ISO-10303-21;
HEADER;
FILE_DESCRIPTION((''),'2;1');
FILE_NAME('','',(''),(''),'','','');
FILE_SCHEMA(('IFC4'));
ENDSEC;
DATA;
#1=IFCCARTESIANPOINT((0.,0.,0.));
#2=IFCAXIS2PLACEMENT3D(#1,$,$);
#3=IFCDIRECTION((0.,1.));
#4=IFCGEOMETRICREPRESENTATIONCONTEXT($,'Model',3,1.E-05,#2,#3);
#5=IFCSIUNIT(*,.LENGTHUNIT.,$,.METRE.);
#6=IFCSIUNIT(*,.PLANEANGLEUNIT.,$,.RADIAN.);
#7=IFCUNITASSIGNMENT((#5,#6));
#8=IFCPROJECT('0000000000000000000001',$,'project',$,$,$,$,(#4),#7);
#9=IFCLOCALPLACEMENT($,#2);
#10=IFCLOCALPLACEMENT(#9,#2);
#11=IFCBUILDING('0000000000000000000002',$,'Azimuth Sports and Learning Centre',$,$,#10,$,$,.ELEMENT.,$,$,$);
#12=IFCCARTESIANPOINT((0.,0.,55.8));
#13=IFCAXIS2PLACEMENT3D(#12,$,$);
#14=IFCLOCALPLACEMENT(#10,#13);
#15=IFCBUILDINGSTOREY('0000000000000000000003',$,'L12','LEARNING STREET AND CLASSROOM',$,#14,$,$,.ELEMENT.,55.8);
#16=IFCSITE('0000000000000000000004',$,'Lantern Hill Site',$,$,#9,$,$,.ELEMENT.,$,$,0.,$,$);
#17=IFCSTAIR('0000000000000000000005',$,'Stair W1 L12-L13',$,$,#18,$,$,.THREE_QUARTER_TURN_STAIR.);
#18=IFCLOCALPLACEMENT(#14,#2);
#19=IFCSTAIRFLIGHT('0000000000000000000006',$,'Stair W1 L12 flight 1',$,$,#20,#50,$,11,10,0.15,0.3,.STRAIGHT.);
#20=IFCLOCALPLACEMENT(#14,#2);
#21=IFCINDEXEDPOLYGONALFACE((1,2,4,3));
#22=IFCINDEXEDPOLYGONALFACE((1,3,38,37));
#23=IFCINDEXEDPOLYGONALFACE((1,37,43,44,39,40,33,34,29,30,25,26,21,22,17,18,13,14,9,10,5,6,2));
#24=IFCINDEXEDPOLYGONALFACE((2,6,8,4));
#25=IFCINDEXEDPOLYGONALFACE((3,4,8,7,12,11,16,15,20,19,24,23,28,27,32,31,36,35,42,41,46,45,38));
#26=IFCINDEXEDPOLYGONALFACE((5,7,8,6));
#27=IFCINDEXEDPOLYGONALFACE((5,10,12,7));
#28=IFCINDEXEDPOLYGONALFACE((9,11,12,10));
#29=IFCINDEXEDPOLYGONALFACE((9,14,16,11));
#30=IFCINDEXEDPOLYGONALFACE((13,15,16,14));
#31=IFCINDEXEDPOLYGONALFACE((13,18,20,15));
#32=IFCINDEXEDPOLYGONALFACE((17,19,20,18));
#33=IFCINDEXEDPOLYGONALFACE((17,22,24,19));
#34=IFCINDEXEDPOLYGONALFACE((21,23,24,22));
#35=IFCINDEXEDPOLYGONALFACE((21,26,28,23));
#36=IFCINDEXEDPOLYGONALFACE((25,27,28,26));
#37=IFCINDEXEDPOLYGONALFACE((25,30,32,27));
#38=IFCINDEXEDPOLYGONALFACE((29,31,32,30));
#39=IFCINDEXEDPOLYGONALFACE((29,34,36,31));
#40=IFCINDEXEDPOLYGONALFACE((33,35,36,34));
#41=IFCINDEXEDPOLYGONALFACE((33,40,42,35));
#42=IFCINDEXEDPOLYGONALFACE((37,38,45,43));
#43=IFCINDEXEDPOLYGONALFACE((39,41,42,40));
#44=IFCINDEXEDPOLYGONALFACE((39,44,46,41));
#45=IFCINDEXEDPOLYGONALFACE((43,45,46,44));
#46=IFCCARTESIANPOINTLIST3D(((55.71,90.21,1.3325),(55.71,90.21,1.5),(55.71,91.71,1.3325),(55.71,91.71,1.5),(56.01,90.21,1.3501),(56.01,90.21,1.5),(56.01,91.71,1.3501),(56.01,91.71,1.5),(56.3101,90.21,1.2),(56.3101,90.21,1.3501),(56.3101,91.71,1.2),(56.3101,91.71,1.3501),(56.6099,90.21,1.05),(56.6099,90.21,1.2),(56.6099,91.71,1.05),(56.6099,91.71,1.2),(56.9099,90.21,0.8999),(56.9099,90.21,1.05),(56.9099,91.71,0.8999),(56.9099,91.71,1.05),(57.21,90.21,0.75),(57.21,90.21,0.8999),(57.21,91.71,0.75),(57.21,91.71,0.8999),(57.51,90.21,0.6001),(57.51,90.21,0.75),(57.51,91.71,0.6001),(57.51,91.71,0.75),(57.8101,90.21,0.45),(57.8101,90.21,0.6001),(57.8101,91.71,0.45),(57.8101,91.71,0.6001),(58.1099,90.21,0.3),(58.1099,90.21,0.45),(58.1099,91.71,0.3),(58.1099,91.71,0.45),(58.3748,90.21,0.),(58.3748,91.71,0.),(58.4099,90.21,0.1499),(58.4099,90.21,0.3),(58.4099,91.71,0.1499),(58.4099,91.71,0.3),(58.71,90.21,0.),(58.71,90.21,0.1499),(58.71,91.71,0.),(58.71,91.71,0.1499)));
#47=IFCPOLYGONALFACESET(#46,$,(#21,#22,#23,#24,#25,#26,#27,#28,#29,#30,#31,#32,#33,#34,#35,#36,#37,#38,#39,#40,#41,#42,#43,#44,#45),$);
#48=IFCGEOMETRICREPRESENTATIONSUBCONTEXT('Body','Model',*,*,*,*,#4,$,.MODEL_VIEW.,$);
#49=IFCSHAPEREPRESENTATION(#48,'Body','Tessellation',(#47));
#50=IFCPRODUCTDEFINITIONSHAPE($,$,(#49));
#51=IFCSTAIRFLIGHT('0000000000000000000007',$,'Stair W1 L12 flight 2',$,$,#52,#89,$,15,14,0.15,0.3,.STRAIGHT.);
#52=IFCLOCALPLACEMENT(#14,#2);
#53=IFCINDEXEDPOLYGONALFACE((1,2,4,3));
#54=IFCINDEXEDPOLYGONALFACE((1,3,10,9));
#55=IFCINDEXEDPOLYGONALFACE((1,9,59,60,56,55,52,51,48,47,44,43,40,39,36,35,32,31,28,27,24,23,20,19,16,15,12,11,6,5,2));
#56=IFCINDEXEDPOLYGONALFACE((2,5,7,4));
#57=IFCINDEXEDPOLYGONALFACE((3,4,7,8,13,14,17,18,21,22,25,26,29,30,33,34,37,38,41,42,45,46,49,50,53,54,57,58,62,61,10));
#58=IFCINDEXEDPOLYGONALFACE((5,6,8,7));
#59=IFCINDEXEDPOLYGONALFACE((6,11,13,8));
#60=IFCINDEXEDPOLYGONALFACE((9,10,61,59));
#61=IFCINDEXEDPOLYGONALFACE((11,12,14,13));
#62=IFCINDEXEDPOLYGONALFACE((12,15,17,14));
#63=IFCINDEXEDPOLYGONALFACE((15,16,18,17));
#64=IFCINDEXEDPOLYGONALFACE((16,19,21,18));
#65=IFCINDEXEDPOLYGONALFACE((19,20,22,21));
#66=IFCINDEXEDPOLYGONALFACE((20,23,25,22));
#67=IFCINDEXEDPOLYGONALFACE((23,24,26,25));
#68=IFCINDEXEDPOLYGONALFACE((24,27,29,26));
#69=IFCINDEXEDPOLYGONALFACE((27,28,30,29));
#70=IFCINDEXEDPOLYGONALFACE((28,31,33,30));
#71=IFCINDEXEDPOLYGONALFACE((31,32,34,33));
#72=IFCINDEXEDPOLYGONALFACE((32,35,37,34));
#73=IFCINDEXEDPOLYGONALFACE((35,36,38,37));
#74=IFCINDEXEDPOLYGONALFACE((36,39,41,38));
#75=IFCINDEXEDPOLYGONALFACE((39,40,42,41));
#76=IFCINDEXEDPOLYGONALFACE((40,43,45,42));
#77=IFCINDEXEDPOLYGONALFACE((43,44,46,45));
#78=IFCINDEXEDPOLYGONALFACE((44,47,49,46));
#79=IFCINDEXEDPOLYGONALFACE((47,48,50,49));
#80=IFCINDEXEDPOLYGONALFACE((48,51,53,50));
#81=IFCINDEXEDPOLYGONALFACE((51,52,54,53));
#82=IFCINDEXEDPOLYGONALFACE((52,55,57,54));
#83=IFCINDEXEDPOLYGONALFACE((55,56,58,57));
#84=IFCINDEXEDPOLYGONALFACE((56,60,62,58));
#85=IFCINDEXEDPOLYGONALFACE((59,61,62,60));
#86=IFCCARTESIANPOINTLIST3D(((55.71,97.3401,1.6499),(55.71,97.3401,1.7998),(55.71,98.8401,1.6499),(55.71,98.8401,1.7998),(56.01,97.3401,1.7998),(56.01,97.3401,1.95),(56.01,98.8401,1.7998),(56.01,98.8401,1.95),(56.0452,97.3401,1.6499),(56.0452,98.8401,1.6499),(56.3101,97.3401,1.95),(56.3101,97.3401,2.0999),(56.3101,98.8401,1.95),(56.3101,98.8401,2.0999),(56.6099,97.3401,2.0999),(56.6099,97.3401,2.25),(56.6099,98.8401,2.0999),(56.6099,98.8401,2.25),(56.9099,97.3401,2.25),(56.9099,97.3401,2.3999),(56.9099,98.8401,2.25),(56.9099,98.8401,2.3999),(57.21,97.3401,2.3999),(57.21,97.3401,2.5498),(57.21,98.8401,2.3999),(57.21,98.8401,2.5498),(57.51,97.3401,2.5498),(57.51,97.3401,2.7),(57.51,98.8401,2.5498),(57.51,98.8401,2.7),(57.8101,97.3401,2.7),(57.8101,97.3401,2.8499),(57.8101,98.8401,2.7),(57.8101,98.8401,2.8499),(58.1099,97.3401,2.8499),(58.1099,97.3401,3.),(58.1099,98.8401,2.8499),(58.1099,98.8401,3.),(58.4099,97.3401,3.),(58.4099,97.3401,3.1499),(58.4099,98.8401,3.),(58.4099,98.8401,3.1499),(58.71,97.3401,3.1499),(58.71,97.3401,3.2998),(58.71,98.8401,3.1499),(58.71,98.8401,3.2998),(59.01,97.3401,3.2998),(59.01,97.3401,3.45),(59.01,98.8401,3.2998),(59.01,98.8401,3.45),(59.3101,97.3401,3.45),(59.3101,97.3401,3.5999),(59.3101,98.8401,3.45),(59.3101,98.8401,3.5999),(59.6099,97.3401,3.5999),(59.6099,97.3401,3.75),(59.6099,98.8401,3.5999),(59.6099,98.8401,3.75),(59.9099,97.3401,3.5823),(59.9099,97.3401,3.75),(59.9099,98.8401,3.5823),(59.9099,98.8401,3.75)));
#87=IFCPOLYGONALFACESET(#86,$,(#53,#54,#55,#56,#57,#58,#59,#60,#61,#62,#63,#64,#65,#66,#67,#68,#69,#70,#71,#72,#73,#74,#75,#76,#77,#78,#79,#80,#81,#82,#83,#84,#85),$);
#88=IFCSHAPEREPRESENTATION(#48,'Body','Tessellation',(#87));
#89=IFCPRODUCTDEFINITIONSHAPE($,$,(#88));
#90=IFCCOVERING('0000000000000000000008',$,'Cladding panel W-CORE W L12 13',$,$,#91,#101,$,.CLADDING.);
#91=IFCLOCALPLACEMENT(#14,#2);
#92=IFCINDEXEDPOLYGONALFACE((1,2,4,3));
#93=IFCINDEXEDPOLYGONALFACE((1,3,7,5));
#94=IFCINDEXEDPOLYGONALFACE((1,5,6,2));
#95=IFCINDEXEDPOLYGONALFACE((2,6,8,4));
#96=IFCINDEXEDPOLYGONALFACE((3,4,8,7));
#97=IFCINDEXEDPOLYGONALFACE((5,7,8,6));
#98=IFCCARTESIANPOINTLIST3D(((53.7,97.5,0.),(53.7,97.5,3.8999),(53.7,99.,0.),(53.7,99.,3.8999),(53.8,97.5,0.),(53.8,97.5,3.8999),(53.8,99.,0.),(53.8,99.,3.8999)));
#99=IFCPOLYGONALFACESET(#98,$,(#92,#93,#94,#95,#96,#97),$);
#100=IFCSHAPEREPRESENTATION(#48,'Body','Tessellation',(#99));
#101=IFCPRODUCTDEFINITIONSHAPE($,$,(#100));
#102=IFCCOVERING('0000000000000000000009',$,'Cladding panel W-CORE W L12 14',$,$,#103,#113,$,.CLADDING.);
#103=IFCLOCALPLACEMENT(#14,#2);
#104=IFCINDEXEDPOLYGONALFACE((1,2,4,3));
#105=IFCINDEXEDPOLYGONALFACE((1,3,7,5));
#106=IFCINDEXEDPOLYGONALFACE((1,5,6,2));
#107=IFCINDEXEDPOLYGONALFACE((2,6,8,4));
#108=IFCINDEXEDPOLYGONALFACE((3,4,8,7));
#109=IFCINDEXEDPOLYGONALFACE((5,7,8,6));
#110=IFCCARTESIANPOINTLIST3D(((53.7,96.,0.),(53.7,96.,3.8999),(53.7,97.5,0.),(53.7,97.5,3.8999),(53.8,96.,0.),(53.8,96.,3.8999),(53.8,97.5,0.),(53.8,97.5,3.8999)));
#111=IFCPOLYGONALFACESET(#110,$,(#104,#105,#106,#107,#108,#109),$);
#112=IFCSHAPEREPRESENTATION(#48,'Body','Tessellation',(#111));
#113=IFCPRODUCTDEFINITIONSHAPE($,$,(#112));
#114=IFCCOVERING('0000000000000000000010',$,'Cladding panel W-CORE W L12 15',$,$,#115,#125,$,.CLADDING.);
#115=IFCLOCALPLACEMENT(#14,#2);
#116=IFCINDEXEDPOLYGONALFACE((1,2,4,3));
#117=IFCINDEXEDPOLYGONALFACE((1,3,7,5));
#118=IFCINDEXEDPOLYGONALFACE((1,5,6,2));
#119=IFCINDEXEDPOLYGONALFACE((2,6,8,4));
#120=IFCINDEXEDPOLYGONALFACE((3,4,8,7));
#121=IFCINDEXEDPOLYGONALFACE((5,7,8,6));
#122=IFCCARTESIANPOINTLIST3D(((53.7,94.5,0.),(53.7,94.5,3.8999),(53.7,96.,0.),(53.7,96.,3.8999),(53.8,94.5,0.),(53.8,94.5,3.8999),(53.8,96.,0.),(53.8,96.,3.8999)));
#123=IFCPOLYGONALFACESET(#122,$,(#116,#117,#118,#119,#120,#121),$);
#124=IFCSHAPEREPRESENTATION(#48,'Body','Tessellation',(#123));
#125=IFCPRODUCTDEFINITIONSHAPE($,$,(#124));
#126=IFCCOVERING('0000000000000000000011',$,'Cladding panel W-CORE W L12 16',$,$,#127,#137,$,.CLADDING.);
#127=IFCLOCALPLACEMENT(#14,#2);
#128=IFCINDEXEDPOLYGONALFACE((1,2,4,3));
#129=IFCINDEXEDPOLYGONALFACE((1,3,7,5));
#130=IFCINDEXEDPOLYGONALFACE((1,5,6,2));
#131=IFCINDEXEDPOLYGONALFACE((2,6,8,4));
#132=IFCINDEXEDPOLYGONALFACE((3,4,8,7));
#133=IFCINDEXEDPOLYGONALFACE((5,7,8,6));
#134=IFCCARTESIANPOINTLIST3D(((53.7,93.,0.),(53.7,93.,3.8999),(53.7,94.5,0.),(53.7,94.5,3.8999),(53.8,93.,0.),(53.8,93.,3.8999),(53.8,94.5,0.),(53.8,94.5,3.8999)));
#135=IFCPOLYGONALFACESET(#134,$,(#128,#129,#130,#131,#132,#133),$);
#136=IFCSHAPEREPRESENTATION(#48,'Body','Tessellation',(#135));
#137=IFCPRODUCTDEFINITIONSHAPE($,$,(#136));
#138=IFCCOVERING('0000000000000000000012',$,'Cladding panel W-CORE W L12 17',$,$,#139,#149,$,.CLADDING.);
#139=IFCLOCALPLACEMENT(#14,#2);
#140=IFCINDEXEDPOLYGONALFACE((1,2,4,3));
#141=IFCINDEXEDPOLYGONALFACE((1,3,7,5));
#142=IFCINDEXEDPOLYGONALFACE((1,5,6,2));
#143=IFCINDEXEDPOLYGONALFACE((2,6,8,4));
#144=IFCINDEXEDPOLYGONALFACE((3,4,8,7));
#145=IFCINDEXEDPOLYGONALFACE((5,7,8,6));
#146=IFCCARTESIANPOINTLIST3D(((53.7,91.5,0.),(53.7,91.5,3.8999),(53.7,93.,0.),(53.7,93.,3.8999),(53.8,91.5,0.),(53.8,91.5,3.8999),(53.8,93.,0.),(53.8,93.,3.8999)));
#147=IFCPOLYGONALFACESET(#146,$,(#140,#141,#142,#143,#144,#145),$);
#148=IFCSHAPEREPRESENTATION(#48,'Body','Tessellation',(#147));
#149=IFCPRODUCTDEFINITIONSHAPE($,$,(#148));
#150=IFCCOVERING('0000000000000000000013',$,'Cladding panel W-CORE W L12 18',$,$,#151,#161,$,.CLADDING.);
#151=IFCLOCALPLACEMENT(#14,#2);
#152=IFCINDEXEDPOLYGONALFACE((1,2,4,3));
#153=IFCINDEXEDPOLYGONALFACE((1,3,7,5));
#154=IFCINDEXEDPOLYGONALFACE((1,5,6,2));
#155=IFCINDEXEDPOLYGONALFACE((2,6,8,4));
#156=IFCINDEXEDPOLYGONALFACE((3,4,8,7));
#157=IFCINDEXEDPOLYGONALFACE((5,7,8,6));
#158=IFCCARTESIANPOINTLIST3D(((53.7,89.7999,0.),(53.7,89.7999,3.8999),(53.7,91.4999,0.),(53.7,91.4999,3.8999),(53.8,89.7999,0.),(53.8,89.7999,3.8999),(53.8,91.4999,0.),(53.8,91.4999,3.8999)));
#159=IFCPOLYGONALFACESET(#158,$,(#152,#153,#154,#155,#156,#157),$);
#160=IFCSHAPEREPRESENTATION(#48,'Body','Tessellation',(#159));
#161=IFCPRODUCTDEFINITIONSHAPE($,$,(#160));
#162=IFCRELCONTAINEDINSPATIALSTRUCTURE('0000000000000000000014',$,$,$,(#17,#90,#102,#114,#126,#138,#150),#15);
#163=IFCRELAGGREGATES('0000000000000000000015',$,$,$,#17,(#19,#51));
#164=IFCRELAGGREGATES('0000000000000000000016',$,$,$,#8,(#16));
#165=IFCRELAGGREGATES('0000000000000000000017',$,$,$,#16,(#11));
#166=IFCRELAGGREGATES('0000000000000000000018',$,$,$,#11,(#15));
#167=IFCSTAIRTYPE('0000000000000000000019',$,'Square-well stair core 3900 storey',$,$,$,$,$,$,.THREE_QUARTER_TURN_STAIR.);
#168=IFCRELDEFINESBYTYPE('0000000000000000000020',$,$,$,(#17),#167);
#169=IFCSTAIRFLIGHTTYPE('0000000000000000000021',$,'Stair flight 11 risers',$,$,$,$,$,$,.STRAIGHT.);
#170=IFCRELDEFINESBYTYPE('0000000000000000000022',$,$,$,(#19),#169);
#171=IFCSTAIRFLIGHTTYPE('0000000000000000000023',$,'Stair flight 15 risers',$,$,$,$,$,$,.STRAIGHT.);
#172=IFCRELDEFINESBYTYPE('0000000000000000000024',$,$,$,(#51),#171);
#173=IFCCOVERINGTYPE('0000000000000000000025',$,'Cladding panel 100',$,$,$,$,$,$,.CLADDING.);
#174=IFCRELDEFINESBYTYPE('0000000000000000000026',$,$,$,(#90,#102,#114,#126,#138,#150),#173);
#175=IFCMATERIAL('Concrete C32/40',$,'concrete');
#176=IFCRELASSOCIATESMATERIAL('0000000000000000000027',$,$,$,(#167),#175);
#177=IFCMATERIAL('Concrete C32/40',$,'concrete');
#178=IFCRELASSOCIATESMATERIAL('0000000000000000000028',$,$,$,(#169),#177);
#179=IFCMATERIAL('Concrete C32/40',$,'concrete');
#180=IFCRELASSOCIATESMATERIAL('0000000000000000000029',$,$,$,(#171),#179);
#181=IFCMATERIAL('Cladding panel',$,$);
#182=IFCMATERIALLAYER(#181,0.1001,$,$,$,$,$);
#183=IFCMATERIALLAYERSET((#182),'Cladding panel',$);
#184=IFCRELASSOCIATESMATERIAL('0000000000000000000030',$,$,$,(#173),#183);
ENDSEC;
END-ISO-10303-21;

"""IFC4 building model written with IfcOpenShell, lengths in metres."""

from ifc_helpers import new_model, si_unit, direction, frame, origin, origin_2d, place, context, subcontext, project, spatial, polyline, rectangle, outline, extrude, material, layer, layer_set, type_object, element, aggregate, save


model = new_model("IFC4")

# Units and contexts
model_context = context("Model", 3, precision=1e-05, world=origin(), true_north=direction((0.0, 1.0)))
body_context = subcontext(model_context, "Body", "Model", "MODEL_VIEW")
ifc_project = project(units=[si_unit("LENGTHUNIT", "METRE"), si_unit("PLANEANGLEUNIT", "RADIAN")], contexts=[model_context])

# Site, building, storey
site_placement = place(None, origin())
site = spatial("IfcSite", under=ifc_project, at=site_placement, Name="Lantern Hill Site", CompositionType="ELEMENT", RefElevation=0.0)
building_placement = place(site_placement, origin())
building = spatial("IfcBuilding", under=site, at=building_placement, Name="Azimuth Sports and Learning Centre", CompositionType="ELEMENT")
storey_placement = place(building_placement, frame((0.0, 0.0, 55.8)))
storey = spatial("IfcBuildingStorey", under=building, at=storey_placement, Name="L12", Description="LEARNING STREET AND CLASSROOM", CompositionType="ELEMENT", Elevation=55.8)

# Stair, stair flights
ifc_material_1 = material(Name="Concrete C32/40", Category="concrete")
stair_type = type_object("IfcStairType", Name="Square-well stair core 3900 storey", PredefinedType="THREE_QUARTER_TURN_STAIR", material=ifc_material_1)
stair_placement = place(storey_placement, origin())
stair = element("IfcStair", 1, at=stair_placement, inside=storey, type_object=stair_type, Name="Stair W1 L12-L13", PredefinedType="THREE_QUARTER_TURN_STAIR")
ifc_material_2 = material(Name="Concrete C32/40", Category="concrete")
stair_flight_type_1 = type_object("IfcStairFlightType", Name="Stair flight 11 risers", PredefinedType="STRAIGHT", material=ifc_material_2)
stair_flight_1_placement = place(storey_placement, frame((58.71, 90.96, 0.0), z_axis=(0.0, 0.0, 1.0), x_axis=(-1.0, 0.0, 0.0)))
stair_flight_1 = element("IfcStairFlight", 2, at=stair_flight_1_placement, type_object=stair_flight_type_1, Name="Stair W1 L12 flight 1", NumberOfRisers=11, NumberOfTreads=10, PredefinedType="STRAIGHT", RiserHeight=0.15, TreadLength=0.3, context=body_context, shape_type="SweptSolid", body=[
    extrude(outline(polyline([(0.0, 0.0), (0.0, 0.1499), (0.3, 0.1499), (0.3, 0.3), (0.6001, 0.3), (0.6001, 0.45), (0.8999, 0.45), (0.8999, 0.6001), (1.2, 0.6001), (1.2, 0.75), (1.5, 0.75), (1.5, 0.8999), (1.8, 0.8999), (1.8, 1.05), (2.1001, 1.05), (2.1001, 1.2), (2.3999, 1.2), (2.3999, 1.3501), (2.7, 1.3501), (2.7, 1.5), (3.0, 1.5), (3.0, 1.6499), (3.0, 1.3325), (0.3352, 0.0), (0.0, 0.0)])), frame((0.0, 0.75, 0.0), z_axis=(0.0, -1.0, 0.0), x_axis=(1.0, 0.0, 0.0)), (0.0, 0.0, 1.0), 1.5),
])
ifc_material_3 = material(Name="Concrete C32/40", Category="concrete")
stair_flight_type_2 = type_object("IfcStairFlightType", Name="Stair flight 15 risers", PredefinedType="STRAIGHT", material=ifc_material_3)
stair_flight_2_placement = place(storey_placement, frame((55.71, 98.0901, 1.6499), z_axis=(0.0, 0.0, 1.0), x_axis=(1.0, 0.0, 0.0)))
stair_flight_2 = element("IfcStairFlight", 3, at=stair_flight_2_placement, type_object=stair_flight_type_2, Name="Stair W1 L12 flight 2", NumberOfRisers=15, NumberOfTreads=14, PredefinedType="STRAIGHT", RiserHeight=0.15, TreadLength=0.3, context=body_context, shape_type="SweptSolid", body=[
    extrude(outline(polyline([(0.0, 0.0), (0.0, 0.1499), (0.3, 0.1499), (0.3, 0.3), (0.6001, 0.3), (0.6001, 0.45), (0.8999, 0.45), (0.8999, 0.6001), (1.2, 0.6001), (1.2, 0.75), (1.5, 0.75), (1.5, 0.8999), (1.8, 0.8999), (1.8, 1.05), (2.1001, 1.05), (2.1001, 1.2), (2.3999, 1.2), (2.3999, 1.3501), (2.7, 1.3501), (2.7, 1.5), (3.0, 1.5), (3.0, 1.6499), (3.3, 1.6499), (3.3, 1.8), (3.6001, 1.8), (3.6001, 1.95), (3.8999, 1.95), (3.8999, 2.1001), (4.2, 2.1001), (4.2, 2.25), (4.2, 1.9324), (0.3352, 0.0), (0.0, 0.0)])), frame((0.0, 0.75, 0.0), z_axis=(0.0, -1.0, 0.0), x_axis=(1.0, 0.0, 0.0)), (0.0, 0.0, 1.0), 1.5),
])
aggregate(stair, [stair_flight_1, stair_flight_2])

# Coverings
ifc_material_4 = material(Name="Cladding panel")
ifc_layer_1 = layer(ifc_material_4, 0.1001)
ifc_layer_set_1 = layer_set([ifc_layer_1], Name="Cladding panel")
covering_type = type_object("IfcCoveringType", Name="Cladding panel 100", PredefinedType="CLADDING", material=ifc_layer_set_1)
for number, where, z_axis, x_axis, name in (
    (4, (53.75, 98.25, 0.0), (0.0, 0.0, 1.0), (0.0, -1.0, 0.0), "Cladding panel W-CORE W L12 13"),
    (5, (53.75, 96.75, 0.0), (0.0, 0.0, 1.0), (0.0, -1.0, 0.0), "Cladding panel W-CORE W L12 14"),
    (6, (53.75, 95.25, 0.0), (0.0, 0.0, 1.0), (0.0, -1.0, 0.0), "Cladding panel W-CORE W L12 15"),
    (7, (53.75, 93.75, 0.0), (0.0, 0.0, 1.0), (0.0, -1.0, 0.0), "Cladding panel W-CORE W L12 16"),
    (8, (53.75, 92.25, 0.0), (0.0, 0.0, 1.0), (0.0, -1.0, 0.0), "Cladding panel W-CORE W L12 17"),
):
    element("IfcCovering", number, at=place(storey_placement, frame(where, z_axis=z_axis, x_axis=x_axis)), inside=storey, type_object=covering_type, Name=name, PredefinedType="CLADDING", context=body_context, shape_type="SweptSolid", body=[
        extrude(rectangle(XDim=1.5, YDim=0.1001, at=origin_2d()), origin(), (0.0, 0.0, 1.0), 3.8999),
    ])
covering_placement = place(storey_placement, frame((53.75, 90.6499, 0.0), z_axis=(0.0, 0.0, 1.0), x_axis=(0.0, -1.0, 0.0)))
element("IfcCovering", 9, at=covering_placement, inside=storey, type_object=covering_type, Name="Cladding panel W-CORE W L12 18", PredefinedType="CLADDING", context=body_context, shape_type="SweptSolid", body=[
    extrude(rectangle(XDim=1.7, YDim=0.1001, at=origin_2d()), origin(), (0.0, 0.0, 1.0), 3.8999),
])

save(model, "model.ifc")
